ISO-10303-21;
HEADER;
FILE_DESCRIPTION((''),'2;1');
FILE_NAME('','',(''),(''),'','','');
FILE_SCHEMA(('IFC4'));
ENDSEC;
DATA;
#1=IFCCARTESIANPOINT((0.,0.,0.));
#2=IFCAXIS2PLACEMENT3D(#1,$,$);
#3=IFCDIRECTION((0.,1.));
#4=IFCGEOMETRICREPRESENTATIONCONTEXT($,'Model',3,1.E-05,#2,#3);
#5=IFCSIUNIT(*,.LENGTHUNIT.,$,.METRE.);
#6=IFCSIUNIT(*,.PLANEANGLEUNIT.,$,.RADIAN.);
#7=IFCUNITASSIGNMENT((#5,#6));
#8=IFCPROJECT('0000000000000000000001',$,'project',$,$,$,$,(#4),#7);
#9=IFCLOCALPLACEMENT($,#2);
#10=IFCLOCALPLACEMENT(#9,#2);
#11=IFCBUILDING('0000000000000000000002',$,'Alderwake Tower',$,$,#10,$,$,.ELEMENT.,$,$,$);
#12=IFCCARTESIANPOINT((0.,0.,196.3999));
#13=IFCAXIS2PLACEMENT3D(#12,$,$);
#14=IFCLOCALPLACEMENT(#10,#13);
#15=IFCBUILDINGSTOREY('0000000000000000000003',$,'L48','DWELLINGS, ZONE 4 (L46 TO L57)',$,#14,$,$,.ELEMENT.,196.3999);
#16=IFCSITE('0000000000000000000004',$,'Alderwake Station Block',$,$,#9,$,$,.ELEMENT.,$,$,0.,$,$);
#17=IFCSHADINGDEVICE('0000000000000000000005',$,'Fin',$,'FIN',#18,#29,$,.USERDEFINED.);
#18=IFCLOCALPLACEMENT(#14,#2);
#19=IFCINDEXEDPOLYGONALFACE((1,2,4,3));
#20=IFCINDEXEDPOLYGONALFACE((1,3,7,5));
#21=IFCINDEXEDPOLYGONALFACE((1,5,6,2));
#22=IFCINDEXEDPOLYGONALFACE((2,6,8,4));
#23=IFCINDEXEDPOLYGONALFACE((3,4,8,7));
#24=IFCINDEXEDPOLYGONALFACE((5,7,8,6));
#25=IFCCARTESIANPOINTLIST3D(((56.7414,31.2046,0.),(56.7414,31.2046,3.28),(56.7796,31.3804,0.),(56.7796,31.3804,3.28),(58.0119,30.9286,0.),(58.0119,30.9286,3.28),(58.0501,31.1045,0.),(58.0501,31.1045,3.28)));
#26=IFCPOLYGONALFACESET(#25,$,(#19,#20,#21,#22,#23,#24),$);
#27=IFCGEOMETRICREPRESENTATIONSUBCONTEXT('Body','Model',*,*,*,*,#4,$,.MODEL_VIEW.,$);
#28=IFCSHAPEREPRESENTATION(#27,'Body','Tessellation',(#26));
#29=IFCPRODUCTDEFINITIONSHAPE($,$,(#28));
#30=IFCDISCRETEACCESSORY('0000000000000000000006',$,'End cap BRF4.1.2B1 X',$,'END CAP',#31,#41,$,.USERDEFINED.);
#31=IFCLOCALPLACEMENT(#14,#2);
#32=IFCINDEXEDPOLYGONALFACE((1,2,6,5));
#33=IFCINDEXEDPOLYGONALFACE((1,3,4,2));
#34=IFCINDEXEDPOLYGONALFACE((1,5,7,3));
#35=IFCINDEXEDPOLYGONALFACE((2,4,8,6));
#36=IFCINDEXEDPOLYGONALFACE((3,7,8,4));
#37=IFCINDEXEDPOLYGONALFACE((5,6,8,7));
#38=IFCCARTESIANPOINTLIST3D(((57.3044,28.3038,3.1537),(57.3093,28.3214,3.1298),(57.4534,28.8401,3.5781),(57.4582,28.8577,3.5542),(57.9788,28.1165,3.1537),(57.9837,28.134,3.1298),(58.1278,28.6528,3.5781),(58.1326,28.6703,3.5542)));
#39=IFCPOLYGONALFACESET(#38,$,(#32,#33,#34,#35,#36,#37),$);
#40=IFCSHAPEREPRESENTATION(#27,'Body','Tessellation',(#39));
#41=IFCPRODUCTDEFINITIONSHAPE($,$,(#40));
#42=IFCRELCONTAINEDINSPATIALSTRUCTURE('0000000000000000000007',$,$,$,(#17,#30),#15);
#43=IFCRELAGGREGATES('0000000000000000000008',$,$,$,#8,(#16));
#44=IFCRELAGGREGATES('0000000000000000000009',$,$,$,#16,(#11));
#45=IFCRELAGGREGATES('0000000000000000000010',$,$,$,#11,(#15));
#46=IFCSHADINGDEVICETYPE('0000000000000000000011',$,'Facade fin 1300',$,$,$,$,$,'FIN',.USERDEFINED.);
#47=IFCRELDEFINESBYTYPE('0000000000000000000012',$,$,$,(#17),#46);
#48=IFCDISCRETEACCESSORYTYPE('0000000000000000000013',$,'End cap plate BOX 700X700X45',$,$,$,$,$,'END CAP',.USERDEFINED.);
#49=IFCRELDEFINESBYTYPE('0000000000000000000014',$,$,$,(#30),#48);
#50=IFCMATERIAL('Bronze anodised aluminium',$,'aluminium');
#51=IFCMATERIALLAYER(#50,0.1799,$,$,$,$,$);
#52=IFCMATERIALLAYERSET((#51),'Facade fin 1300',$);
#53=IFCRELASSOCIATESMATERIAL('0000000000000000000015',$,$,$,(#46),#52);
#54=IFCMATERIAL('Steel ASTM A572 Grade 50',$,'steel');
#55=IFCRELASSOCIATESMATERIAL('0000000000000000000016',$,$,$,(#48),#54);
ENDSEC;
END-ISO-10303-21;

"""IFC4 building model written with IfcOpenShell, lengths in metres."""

from ifc_helpers import new_model, si_unit, direction, frame, origin, origin_2d, place, context, subcontext, project, spatial, rectangle, extrude, material, layer, layer_set, material_profile, profile_set, type_object, element, save


model = new_model("IFC4")

# Units and contexts
model_context = context("Model", 3, precision=1e-05, world=origin(), true_north=direction((0.0, 1.0)))
body_context = subcontext(model_context, "Body", "Model", "MODEL_VIEW")
ifc_project = project(units=[si_unit("LENGTHUNIT", "METRE"), si_unit("PLANEANGLEUNIT", "RADIAN")], contexts=[model_context])

# Site, building, storey
site_placement = place(None, origin())
site = spatial("IfcSite", under=ifc_project, at=site_placement, Name="Alderwake Station Block", CompositionType="ELEMENT", RefElevation=0.0)
building_placement = place(site_placement, origin())
building = spatial("IfcBuilding", under=site, at=building_placement, Name="Alderwake Tower", CompositionType="ELEMENT")
storey_placement = place(building_placement, frame((0.0, 0.0, 196.3999)))
storey = spatial("IfcBuildingStorey", under=building, at=storey_placement, Name="L48", Description="DWELLINGS, ZONE 4 (L46 TO L57)", CompositionType="ELEMENT", Elevation=196.3999)

# Shading device
ifc_material_1 = material(Name="Bronze anodised aluminium", Category="aluminium")
ifc_layer_1 = layer(ifc_material_1, 0.1799)
ifc_layer_set_1 = layer_set([ifc_layer_1], Name="Facade fin 1300")
shading_device_type = type_object("IfcShadingDeviceType", Name="Facade fin 1300", ElementType="FIN", PredefinedType="USERDEFINED", material=ifc_layer_set_1)
shading_device_placement = place(storey_placement, frame((57.3958, 31.1545, 0.0), z_axis=(0.0, 0.0, 1.0), x_axis=(0.97721, -0.212273, 0.0)))
element("IfcShadingDevice", 1, at=shading_device_placement, inside=storey, type_object=shading_device_type, Name="Fin", ObjectType="FIN", PredefinedType="USERDEFINED", context=body_context, shape_type="SweptSolid", body=[
    extrude(rectangle(XDim=1.3, YDim=0.1799, at=origin_2d()), origin(), (0.0, 0.0, 1.0), 3.28),
])

# Discrete accessory
ifc_material_2 = material(Name="Steel ASTM A572 Grade 50", Category="steel")
ifc_material_profile_1 = material_profile(ifc_material_2, rectangle(XDim=0.7, YDim=0.7, at=origin_2d()), Name="BOX 700X700X45 cap")
ifc_profile_set_1 = profile_set([ifc_material_profile_1], Name="Steel ASTM A572 Grade 50")
discrete_accessory_type = type_object("IfcDiscreteAccessoryType", Name="End cap plate BOX 700X700X45", ElementType="END CAP", PredefinedType="USERDEFINED", material=ifc_profile_set_1)
discrete_accessory_placement = place(storey_placement, frame((57.7209, 28.4958, 3.342), z_axis=(-0.162285, -0.584228, 0.795199), x_axis=(0.963518, -0.267644, 0.0)))
element("IfcDiscreteAccessory", 2, at=discrete_accessory_placement, inside=storey, type_object=discrete_accessory_type, Name="End cap BRF4.1.2B1 X", ObjectType="END CAP", PredefinedType="USERDEFINED", context=body_context, shape_type="SweptSolid", body=[
    extrude(rectangle(XDim=0.7, YDim=0.7, at=origin_2d()), origin(), (0.0, 0.0, 1.0), 0.03),
])

save(model, "model.ifc")
